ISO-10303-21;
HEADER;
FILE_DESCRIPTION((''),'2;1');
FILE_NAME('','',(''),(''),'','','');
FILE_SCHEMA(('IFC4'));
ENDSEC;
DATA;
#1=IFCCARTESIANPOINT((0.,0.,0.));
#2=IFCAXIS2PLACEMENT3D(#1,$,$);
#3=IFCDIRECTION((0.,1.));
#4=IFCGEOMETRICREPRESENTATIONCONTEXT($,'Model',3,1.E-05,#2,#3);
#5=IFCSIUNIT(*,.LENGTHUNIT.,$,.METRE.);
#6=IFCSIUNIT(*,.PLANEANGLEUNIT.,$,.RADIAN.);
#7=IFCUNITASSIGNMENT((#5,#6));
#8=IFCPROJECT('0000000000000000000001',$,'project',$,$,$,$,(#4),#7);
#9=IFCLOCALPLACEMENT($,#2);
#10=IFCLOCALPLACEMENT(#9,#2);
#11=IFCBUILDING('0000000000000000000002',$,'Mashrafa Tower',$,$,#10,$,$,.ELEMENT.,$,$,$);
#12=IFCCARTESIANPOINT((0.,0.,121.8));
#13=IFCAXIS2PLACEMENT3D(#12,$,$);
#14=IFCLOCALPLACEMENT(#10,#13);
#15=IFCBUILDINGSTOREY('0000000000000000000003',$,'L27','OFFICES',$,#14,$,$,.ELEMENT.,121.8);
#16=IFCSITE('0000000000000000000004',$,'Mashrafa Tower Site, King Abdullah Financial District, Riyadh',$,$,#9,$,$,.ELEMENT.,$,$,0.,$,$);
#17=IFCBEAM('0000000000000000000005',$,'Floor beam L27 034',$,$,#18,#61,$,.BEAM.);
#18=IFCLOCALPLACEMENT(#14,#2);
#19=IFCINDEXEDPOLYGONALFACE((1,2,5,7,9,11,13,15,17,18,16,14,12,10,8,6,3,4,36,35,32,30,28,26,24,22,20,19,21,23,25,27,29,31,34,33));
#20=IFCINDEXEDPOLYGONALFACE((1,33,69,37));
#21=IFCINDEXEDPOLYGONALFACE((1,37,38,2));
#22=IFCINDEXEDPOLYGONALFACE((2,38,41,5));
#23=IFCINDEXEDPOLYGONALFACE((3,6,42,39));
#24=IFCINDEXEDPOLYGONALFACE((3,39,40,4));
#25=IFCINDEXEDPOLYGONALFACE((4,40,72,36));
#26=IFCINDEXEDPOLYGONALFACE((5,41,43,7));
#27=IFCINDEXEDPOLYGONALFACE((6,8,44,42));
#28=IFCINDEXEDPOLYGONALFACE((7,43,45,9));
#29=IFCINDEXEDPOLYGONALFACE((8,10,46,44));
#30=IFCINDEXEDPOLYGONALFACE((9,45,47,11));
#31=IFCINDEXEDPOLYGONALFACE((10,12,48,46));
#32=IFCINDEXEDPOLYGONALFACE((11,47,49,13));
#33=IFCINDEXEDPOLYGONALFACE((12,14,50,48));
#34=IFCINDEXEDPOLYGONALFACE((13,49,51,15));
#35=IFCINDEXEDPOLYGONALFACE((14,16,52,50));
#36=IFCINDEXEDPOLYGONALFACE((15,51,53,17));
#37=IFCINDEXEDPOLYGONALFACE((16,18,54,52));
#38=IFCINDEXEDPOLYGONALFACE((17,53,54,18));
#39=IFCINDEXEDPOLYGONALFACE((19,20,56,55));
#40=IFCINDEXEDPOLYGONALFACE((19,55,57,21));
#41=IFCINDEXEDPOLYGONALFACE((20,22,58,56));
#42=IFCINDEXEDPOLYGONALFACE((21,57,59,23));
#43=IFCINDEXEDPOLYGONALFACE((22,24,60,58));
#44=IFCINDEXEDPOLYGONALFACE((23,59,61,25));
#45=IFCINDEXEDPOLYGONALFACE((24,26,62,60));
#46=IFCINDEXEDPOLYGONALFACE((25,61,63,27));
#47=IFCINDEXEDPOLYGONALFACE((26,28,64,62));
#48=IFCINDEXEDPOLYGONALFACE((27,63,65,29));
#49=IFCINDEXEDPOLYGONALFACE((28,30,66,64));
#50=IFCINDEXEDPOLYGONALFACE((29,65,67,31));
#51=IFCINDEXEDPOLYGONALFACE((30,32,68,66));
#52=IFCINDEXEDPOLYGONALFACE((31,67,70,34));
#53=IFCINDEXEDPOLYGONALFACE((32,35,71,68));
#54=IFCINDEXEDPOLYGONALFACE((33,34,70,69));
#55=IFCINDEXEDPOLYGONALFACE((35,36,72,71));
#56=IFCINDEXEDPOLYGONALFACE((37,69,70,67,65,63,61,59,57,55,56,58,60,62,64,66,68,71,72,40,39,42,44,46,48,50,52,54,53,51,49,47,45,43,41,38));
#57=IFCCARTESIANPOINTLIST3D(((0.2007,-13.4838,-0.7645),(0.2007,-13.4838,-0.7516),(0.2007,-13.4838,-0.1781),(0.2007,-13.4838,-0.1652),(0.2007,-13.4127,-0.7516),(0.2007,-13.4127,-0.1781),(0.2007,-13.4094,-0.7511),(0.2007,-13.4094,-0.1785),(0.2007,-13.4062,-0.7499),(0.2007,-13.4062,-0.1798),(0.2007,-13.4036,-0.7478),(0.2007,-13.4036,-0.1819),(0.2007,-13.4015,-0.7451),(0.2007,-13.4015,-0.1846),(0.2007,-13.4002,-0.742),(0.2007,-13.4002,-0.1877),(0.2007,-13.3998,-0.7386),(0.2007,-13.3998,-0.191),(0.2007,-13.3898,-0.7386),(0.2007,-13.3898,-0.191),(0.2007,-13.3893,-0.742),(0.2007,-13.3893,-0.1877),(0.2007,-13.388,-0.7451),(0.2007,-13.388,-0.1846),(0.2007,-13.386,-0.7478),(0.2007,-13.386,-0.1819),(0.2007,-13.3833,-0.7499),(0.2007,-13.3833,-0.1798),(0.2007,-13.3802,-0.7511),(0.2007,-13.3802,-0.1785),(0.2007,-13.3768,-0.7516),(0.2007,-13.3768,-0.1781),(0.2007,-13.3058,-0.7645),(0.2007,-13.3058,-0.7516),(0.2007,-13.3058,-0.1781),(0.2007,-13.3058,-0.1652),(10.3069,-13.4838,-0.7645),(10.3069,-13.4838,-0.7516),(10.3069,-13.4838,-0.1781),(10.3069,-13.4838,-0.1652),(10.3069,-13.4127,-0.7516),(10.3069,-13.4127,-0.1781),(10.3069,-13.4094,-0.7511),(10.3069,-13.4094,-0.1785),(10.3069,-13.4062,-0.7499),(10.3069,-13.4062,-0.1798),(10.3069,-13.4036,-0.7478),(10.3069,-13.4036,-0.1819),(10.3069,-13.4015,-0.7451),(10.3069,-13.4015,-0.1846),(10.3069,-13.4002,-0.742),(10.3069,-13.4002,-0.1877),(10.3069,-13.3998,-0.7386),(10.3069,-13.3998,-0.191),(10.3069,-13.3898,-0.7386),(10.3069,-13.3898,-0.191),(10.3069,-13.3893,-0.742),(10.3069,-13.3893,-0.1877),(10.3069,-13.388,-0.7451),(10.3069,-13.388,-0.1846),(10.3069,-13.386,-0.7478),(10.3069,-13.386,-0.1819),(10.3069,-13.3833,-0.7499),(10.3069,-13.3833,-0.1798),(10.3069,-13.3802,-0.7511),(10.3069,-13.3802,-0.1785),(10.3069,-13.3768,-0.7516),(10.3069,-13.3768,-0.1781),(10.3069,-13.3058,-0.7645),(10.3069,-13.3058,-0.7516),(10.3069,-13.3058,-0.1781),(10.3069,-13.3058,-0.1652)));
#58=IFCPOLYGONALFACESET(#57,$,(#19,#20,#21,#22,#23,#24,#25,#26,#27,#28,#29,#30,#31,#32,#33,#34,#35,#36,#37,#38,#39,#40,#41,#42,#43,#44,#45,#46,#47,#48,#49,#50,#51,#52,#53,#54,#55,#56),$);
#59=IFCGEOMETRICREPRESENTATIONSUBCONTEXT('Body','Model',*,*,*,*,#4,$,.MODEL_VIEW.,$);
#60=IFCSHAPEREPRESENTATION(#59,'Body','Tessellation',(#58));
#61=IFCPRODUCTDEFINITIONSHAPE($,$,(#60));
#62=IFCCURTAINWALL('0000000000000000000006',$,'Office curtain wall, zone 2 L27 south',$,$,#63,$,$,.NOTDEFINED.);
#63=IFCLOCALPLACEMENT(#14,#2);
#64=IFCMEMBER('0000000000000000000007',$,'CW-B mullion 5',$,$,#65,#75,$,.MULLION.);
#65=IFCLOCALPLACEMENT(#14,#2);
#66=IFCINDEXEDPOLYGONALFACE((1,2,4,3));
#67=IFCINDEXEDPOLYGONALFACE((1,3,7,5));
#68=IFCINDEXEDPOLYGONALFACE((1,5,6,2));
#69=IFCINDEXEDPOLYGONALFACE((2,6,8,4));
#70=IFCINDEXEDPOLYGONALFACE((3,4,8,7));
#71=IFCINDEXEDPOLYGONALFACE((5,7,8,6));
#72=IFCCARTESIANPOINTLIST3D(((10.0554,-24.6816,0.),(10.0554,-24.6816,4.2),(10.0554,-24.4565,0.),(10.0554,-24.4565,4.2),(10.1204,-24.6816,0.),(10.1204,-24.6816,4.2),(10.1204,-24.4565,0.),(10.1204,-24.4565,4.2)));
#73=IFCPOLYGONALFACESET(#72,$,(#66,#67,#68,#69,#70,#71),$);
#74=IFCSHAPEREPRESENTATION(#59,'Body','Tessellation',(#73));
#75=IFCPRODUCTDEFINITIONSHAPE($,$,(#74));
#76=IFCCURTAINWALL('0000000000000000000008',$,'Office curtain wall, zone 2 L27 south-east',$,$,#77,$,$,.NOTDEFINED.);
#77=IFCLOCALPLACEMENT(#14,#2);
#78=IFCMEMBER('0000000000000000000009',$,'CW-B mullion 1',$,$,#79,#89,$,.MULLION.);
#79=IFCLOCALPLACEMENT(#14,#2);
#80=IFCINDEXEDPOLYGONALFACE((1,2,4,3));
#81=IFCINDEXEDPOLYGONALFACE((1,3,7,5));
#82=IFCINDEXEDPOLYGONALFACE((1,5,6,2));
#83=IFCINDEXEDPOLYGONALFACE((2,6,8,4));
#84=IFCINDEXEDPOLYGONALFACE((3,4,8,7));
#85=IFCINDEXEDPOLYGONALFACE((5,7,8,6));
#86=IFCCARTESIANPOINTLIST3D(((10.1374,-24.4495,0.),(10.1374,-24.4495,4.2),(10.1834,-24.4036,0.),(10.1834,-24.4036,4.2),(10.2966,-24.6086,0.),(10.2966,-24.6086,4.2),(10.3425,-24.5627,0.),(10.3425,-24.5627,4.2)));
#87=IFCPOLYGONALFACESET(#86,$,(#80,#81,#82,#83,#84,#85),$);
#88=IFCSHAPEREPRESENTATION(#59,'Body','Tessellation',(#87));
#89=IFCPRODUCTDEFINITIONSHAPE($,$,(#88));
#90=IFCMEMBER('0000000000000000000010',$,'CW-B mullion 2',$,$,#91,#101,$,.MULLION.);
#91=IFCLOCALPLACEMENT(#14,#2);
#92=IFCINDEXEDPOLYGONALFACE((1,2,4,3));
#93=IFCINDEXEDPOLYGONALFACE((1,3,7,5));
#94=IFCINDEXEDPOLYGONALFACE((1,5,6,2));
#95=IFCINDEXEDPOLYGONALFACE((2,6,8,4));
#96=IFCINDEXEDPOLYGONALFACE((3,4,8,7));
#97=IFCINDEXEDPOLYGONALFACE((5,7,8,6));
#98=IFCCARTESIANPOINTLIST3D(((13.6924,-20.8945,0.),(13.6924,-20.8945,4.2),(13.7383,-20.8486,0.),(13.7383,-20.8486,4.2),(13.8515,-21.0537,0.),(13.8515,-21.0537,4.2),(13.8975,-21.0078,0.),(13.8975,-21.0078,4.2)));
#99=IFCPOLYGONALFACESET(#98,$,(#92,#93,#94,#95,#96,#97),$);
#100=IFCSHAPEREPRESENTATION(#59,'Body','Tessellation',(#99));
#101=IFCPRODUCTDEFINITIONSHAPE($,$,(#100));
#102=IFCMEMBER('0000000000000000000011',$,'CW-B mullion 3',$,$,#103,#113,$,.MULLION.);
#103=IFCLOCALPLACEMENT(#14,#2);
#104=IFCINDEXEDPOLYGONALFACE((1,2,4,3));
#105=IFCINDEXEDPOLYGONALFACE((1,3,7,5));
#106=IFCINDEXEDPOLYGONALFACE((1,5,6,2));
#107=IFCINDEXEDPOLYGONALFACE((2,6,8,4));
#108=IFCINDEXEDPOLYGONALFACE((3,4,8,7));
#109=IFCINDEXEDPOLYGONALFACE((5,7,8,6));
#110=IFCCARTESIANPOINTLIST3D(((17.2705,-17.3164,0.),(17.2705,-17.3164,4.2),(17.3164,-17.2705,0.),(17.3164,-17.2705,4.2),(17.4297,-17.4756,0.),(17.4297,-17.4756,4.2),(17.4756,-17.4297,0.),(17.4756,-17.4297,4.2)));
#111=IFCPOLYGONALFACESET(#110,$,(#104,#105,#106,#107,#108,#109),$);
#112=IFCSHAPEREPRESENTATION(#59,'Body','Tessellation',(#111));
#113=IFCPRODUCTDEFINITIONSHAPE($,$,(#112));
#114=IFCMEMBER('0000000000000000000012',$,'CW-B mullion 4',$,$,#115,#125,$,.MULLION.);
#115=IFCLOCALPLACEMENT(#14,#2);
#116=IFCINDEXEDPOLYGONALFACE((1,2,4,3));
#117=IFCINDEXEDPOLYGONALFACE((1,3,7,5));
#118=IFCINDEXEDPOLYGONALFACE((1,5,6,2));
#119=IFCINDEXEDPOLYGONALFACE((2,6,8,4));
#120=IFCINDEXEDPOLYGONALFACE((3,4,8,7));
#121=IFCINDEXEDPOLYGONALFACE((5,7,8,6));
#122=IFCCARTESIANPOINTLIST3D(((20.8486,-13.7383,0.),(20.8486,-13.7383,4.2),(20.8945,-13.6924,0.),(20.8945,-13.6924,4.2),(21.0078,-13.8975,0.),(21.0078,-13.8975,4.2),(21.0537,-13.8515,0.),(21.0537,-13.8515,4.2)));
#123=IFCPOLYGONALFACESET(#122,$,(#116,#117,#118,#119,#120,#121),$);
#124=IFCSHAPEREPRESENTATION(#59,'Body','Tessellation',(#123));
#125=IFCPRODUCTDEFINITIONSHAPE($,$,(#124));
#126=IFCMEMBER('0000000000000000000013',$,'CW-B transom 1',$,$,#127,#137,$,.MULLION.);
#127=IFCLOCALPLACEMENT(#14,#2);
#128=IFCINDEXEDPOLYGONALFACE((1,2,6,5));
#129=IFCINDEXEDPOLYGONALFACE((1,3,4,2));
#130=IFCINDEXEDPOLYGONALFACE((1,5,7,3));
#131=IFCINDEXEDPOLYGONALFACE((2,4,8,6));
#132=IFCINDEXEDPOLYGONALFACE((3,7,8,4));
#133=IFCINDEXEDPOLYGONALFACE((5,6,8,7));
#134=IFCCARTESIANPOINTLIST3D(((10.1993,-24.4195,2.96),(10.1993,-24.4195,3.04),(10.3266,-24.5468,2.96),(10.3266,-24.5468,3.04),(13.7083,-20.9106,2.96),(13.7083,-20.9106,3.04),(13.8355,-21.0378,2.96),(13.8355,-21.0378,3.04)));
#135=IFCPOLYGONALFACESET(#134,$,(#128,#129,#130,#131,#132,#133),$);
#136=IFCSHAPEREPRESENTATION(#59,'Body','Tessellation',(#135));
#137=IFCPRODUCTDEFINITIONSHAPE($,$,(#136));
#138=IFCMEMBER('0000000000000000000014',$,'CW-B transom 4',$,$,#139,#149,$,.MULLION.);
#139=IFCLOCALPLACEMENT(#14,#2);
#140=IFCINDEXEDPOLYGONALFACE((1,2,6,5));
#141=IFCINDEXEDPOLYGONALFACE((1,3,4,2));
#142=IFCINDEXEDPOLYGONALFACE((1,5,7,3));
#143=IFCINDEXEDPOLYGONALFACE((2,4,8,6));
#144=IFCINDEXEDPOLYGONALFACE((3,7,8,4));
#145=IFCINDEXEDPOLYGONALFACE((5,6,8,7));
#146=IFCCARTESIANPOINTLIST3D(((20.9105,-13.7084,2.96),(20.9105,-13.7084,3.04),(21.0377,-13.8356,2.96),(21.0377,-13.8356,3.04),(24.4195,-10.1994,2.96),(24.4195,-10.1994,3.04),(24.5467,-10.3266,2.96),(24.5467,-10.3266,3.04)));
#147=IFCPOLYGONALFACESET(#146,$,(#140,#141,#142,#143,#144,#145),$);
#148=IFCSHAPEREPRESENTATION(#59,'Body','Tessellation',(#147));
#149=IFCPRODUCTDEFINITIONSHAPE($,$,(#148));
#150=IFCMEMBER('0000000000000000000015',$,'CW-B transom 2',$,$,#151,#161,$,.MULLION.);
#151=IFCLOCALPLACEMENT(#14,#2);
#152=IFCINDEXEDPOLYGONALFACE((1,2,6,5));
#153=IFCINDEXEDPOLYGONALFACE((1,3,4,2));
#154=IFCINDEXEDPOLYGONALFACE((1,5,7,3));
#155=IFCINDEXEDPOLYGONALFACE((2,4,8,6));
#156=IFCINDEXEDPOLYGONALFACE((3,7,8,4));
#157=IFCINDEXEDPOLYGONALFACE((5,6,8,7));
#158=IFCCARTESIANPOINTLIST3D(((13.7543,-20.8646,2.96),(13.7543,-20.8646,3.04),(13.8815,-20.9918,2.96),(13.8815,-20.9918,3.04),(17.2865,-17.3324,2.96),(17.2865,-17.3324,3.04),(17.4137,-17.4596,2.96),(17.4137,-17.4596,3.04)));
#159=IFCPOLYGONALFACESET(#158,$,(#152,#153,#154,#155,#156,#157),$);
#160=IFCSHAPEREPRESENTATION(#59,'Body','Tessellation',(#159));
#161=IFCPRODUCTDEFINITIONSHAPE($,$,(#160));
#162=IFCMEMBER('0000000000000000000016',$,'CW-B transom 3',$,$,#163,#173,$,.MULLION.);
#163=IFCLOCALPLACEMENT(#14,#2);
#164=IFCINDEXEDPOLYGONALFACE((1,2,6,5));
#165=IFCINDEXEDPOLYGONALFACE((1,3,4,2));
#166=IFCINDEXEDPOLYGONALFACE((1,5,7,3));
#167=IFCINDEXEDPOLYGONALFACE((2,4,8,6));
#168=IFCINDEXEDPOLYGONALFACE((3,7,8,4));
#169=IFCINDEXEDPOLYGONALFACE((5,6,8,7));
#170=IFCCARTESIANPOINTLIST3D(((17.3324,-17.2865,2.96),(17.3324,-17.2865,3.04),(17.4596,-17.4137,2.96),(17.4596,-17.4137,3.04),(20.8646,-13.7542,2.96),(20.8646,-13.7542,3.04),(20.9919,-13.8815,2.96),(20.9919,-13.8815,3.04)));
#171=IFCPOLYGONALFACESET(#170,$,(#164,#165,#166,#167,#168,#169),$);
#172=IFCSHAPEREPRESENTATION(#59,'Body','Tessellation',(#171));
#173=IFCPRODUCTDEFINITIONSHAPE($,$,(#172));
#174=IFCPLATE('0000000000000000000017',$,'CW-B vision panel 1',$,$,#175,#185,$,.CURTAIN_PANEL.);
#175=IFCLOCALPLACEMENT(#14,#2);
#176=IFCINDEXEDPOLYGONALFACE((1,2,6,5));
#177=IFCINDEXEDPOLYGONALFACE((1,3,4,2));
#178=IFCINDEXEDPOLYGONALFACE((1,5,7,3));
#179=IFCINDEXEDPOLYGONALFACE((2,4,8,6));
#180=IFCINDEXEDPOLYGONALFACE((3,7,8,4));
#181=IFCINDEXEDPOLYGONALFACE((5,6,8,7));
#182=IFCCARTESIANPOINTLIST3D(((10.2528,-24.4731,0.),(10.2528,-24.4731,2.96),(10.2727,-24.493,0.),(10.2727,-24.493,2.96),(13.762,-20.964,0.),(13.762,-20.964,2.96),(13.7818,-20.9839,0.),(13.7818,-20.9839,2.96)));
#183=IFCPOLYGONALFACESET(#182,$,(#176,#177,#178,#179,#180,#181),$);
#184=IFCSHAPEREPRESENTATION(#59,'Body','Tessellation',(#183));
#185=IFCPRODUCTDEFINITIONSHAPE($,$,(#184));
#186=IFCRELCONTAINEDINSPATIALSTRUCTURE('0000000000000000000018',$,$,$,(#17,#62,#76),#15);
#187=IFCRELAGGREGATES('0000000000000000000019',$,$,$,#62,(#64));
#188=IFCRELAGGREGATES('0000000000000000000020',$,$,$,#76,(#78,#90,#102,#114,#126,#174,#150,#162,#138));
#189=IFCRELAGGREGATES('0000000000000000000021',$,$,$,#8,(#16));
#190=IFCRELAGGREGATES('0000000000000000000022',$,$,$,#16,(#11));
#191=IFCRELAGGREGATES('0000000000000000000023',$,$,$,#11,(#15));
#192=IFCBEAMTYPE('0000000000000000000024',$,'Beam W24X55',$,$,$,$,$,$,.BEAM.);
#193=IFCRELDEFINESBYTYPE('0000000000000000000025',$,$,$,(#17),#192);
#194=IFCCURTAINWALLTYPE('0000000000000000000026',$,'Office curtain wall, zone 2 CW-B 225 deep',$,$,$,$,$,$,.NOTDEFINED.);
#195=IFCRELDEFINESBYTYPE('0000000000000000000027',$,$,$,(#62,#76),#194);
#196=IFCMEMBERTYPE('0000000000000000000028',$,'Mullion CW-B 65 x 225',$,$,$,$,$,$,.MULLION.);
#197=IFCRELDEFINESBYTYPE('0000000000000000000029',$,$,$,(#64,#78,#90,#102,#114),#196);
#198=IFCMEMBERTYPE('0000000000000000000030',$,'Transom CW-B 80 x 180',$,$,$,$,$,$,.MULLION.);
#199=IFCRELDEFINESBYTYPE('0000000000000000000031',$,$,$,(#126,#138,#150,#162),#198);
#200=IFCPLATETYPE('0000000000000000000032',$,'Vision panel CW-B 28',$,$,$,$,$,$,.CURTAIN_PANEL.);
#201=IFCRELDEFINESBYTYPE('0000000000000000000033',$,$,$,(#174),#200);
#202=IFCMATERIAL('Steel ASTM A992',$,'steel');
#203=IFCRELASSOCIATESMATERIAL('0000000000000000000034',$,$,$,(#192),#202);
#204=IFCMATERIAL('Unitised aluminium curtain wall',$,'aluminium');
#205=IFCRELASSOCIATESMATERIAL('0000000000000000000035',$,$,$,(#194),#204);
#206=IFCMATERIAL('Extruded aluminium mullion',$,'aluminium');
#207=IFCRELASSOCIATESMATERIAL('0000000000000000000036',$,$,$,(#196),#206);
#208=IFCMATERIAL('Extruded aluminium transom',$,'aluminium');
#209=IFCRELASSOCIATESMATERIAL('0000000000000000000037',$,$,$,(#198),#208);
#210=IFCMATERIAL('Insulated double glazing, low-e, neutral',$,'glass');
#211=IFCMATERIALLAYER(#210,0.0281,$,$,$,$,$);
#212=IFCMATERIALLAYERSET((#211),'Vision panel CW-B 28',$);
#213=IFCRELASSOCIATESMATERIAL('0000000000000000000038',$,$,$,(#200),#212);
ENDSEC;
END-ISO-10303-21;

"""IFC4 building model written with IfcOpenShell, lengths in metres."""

from ifc_helpers import new_model, si_unit, direction, frame, origin, origin_2d, place, context, subcontext, project, spatial, rectangle, i_section, extrude, source, transform, mapped, material, layer, layer_set, material_profile, profile_set, type_object, type_shapes, element, aggregate, save


model = new_model("IFC4")

# Units and contexts
model_context = context("Model", 3, precision=1e-05, world=origin(), true_north=direction((0.0, 1.0)))
body_context = subcontext(model_context, "Body", "Model", "MODEL_VIEW")
ifc_project = project(units=[si_unit("LENGTHUNIT", "METRE"), si_unit("PLANEANGLEUNIT", "RADIAN")], contexts=[model_context])

# Site, building, storey
site_placement = place(None, origin())
site = spatial("IfcSite", under=ifc_project, at=site_placement, Name="Mashrafa Tower Site, King Abdullah Financial District, Riyadh", CompositionType="ELEMENT", RefElevation=0.0)
building_placement = place(site_placement, origin())
building = spatial("IfcBuilding", under=site, at=building_placement, Name="Mashrafa Tower", CompositionType="ELEMENT")
storey_placement = place(building_placement, frame((0.0, 0.0, 121.8)))
storey = spatial("IfcBuildingStorey", under=building, at=storey_placement, Name="L27", Description="OFFICES", CompositionType="ELEMENT", Elevation=121.8)

# Beam
ifc_material_1 = material(Name="Steel ASTM A992", Category="steel")
ifc_material_profile_1 = material_profile(ifc_material_1, i_section(OverallWidth=0.178, OverallDepth=0.5994, WebThickness=0.01, FlangeThickness=0.0129, FilletRadius=0.0129, at=origin_2d()), Name="W24X55")
ifc_profile_set_1 = profile_set([ifc_material_profile_1], Name="Steel ASTM A992")
beam_type_1 = type_object("IfcBeamType", Name="Beam W24X55", PredefinedType="BEAM", material=ifc_profile_set_1)
beam_1_placement = place(storey_placement, frame((10.3069, -13.3948, -0.4648), z_axis=(-1.0, 0.0, 0.0), x_axis=(0.0, -1.0, 0.0)))
element("IfcBeam", 1, at=beam_1_placement, inside=storey, type_object=beam_type_1, Name="Floor beam L27 034", PredefinedType="BEAM", context=body_context, shape_type="SweptSolid", body=[
    extrude(i_section(OverallWidth=0.178, OverallDepth=0.5994, WebThickness=0.01, FlangeThickness=0.0129, FilletRadius=0.0129, at=origin_2d()), origin(), (0.0, 0.0, 1.0), 10.1062),
])

# Curtain wall, member
ifc_material_2 = material(Name="Unitised aluminium curtain wall", Category="aluminium")
curtain_wall_type = type_object("IfcCurtainWallType", Name="Office curtain wall, zone 2 CW-B 225 deep", PredefinedType="NOTDEFINED", material=ifc_material_2)
curtain_wall_1_placement = place(storey_placement, origin())
curtain_wall_1 = element("IfcCurtainWall", 2, at=curtain_wall_1_placement, inside=storey, type_object=curtain_wall_type, Name="Office curtain wall, zone 2 L27 south", PredefinedType="NOTDEFINED")
ifc_material_3 = material(Name="Extruded aluminium mullion", Category="aluminium")
ifc_material_profile_2 = material_profile(ifc_material_3, rectangle(XDim=0.2251, YDim=0.0649, at=origin_2d()), Name="Mullion 65x225")
ifc_profile_set_2 = profile_set([ifc_material_profile_2], Name="Extruded aluminium mullion")
member_type_1 = type_object("IfcMemberType", Name="Mullion CW-B 65 x 225", PredefinedType="MULLION", material=ifc_profile_set_2)
shared_shape_1 = source(origin(), body_context, "Body", "SweptSolid", [
    extrude(rectangle(XDim=0.2251, YDim=0.0649, at=origin_2d()), origin(), (0.0, 0.0, 1.0), 4.2),
])
type_shapes(member_type_1, [shared_shape_1])
member_1_placement = place(storey_placement, frame((10.0879, -24.5691, 0.0), z_axis=(0.0, 0.0, 1.0), x_axis=(0.0, 1.0, 0.0)))
member_1 = element("IfcMember", 3, at=member_1_placement, type_object=member_type_1, Name="CW-B mullion 5", PredefinedType="MULLION", context=body_context, shape_type="MappedRepresentation", body=[
    mapped(shared_shape_1, transform((0.0, 0.0, 0.0))),
])
aggregate(curtain_wall_1, [member_1])

# Curtain wall, members, plate
curtain_wall_2_placement = place(storey_placement, origin())
curtain_wall_2 = element("IfcCurtainWall", 4, at=curtain_wall_2_placement, inside=storey, type_object=curtain_wall_type, Name="Office curtain wall, zone 2 L27 south-east", PredefinedType="NOTDEFINED")
member_2_placement = place(storey_placement, frame((10.24, -24.5061, 0.0), z_axis=(0.0, 0.0, 1.0), x_axis=(-0.707107, 0.707107, 0.0)))
member_2 = element("IfcMember", 5, at=member_2_placement, type_object=member_type_1, Name="CW-B mullion 1", PredefinedType="MULLION", context=body_context, shape_type="MappedRepresentation", body=[
    mapped(shared_shape_1, transform((0.0, 0.0, 0.0))),
])
member_3_placement = place(storey_placement, frame((13.7949, -20.9512, 0.0), z_axis=(0.0, 0.0, 1.0), x_axis=(-0.707107, 0.707107, 0.0)))
member_3 = element("IfcMember", 6, at=member_3_placement, type_object=member_type_1, Name="CW-B mullion 2", PredefinedType="MULLION", context=body_context, shape_type="MappedRepresentation", body=[
    mapped(shared_shape_1, transform((0.0, 0.0, 0.0))),
])
member_4_placement = place(storey_placement, frame((17.373, -17.373, 0.0), z_axis=(0.0, 0.0, 1.0), x_axis=(-0.707107, 0.707107, 0.0)))
member_4 = element("IfcMember", 7, at=member_4_placement, type_object=member_type_1, Name="CW-B mullion 3", PredefinedType="MULLION", context=body_context, shape_type="MappedRepresentation", body=[
    mapped(shared_shape_1, transform((0.0, 0.0, 0.0))),
])
member_5_placement = place(storey_placement, frame((20.9512, -13.7949, 0.0), z_axis=(0.0, 0.0, 1.0), x_axis=(-0.707107, 0.707107, 0.0)))
member_5 = element("IfcMember", 8, at=member_5_placement, type_object=member_type_1, Name="CW-B mullion 4", PredefinedType="MULLION", context=body_context, shape_type="MappedRepresentation", body=[
    mapped(shared_shape_1, transform((0.0, 0.0, 0.0))),
])
ifc_material_4 = material(Name="Extruded aluminium transom", Category="aluminium")
ifc_material_profile_3 = material_profile(ifc_material_4, rectangle(XDim=0.1799, YDim=0.0801, at=origin_2d()), Name="Transom 80x180")
ifc_profile_set_3 = profile_set([ifc_material_profile_3], Name="Extruded aluminium transom")
member_type_2 = type_object("IfcMemberType", Name="Transom CW-B 80 x 180", PredefinedType="MULLION", material=ifc_profile_set_3)
shared_shape_2 = source(origin(), body_context, "Body", "SweptSolid", [
    extrude(rectangle(XDim=0.1799, YDim=0.0801, at=origin_2d()), origin(), (0.0, 0.0, 1.0), 4.9624),
])
member_6_placement = place(storey_placement, frame((10.2629, -24.4832, 3.0), z_axis=(0.707107, 0.707107, 0.0), x_axis=(-0.707107, 0.707107, 0.0)))
member_6 = element("IfcMember", 9, at=member_6_placement, type_object=member_type_2, Name="CW-B transom 1", PredefinedType="MULLION", context=body_context, shape_type="MappedRepresentation", body=[
    mapped(shared_shape_2, transform((0.0, 0.0, 0.0))),
])
member_7_placement = place(storey_placement, frame((20.9741, -13.772, 3.0), z_axis=(0.707107, 0.707107, 0.0), x_axis=(-0.707107, 0.707107, 0.0)))
member_7 = element("IfcMember", 10, at=member_7_placement, type_object=member_type_2, Name="CW-B transom 4", PredefinedType="MULLION", context=body_context, shape_type="MappedRepresentation", body=[
    mapped(shared_shape_2, transform((0.0, 0.0, 0.0))),
])
shared_shape_3 = source(origin(), body_context, "Body", "SweptSolid", [
    extrude(rectangle(XDim=0.1799, YDim=0.0801, at=origin_2d()), origin(), (0.0, 0.0, 1.0), 4.9954),
])
type_shapes(member_type_2, [shared_shape_2, shared_shape_3])
member_8_placement = place(storey_placement, frame((13.8179, -20.9282, 3.0), z_axis=(0.707107, 0.707107, 0.0), x_axis=(-0.707107, 0.707107, 0.0)))
member_8 = element("IfcMember", 11, at=member_8_placement, type_object=member_type_2, Name="CW-B transom 2", PredefinedType="MULLION", context=body_context, shape_type="MappedRepresentation", body=[
    mapped(shared_shape_3, transform((0.0, 0.0, 0.0))),
])
member_9_placement = place(storey_placement, frame((17.396, -17.3501, 3.0), z_axis=(0.707107, 0.707107, 0.0), x_axis=(-0.707107, 0.707107, 0.0)))
member_9 = element("IfcMember", 12, at=member_9_placement, type_object=member_type_2, Name="CW-B transom 3", PredefinedType="MULLION", context=body_context, shape_type="MappedRepresentation", body=[
    mapped(shared_shape_3, transform((0.0, 0.0, 0.0))),
])
ifc_material_5 = material(Name="Insulated double glazing, low-e, neutral", Category="glass")
ifc_layer_1 = layer(ifc_material_5, 0.0281)
ifc_layer_set_1 = layer_set([ifc_layer_1], Name="Vision panel CW-B 28")
plate_type_1 = type_object("IfcPlateType", Name="Vision panel CW-B 28", PredefinedType="CURTAIN_PANEL", material=ifc_layer_set_1)
shared_shape_4 = source(origin(), body_context, "Body", "SweptSolid", [
    extrude(rectangle(XDim=4.9626, YDim=0.0281, at=origin_2d()), origin(), (0.0, 0.0, 1.0), 2.96),
])
plate_1_placement = place(storey_placement, frame((12.0173, -22.7285, 0.0), z_axis=(0.0, 0.0, 1.0), x_axis=(0.707107, 0.707107, 0.0)))
plate_1 = element("IfcPlate", 13, at=plate_1_placement, type_object=plate_type_1, Name="CW-B vision panel 1", PredefinedType="CURTAIN_PANEL", context=body_context, shape_type="MappedRepresentation", body=[
    mapped(shared_shape_4, transform((0.0, 0.0, 0.0))),
])
aggregate(curtain_wall_2, [member_2, member_3, member_4, member_5, member_6, plate_1, member_8, member_9, member_7])

save(model, "model.ifc")
